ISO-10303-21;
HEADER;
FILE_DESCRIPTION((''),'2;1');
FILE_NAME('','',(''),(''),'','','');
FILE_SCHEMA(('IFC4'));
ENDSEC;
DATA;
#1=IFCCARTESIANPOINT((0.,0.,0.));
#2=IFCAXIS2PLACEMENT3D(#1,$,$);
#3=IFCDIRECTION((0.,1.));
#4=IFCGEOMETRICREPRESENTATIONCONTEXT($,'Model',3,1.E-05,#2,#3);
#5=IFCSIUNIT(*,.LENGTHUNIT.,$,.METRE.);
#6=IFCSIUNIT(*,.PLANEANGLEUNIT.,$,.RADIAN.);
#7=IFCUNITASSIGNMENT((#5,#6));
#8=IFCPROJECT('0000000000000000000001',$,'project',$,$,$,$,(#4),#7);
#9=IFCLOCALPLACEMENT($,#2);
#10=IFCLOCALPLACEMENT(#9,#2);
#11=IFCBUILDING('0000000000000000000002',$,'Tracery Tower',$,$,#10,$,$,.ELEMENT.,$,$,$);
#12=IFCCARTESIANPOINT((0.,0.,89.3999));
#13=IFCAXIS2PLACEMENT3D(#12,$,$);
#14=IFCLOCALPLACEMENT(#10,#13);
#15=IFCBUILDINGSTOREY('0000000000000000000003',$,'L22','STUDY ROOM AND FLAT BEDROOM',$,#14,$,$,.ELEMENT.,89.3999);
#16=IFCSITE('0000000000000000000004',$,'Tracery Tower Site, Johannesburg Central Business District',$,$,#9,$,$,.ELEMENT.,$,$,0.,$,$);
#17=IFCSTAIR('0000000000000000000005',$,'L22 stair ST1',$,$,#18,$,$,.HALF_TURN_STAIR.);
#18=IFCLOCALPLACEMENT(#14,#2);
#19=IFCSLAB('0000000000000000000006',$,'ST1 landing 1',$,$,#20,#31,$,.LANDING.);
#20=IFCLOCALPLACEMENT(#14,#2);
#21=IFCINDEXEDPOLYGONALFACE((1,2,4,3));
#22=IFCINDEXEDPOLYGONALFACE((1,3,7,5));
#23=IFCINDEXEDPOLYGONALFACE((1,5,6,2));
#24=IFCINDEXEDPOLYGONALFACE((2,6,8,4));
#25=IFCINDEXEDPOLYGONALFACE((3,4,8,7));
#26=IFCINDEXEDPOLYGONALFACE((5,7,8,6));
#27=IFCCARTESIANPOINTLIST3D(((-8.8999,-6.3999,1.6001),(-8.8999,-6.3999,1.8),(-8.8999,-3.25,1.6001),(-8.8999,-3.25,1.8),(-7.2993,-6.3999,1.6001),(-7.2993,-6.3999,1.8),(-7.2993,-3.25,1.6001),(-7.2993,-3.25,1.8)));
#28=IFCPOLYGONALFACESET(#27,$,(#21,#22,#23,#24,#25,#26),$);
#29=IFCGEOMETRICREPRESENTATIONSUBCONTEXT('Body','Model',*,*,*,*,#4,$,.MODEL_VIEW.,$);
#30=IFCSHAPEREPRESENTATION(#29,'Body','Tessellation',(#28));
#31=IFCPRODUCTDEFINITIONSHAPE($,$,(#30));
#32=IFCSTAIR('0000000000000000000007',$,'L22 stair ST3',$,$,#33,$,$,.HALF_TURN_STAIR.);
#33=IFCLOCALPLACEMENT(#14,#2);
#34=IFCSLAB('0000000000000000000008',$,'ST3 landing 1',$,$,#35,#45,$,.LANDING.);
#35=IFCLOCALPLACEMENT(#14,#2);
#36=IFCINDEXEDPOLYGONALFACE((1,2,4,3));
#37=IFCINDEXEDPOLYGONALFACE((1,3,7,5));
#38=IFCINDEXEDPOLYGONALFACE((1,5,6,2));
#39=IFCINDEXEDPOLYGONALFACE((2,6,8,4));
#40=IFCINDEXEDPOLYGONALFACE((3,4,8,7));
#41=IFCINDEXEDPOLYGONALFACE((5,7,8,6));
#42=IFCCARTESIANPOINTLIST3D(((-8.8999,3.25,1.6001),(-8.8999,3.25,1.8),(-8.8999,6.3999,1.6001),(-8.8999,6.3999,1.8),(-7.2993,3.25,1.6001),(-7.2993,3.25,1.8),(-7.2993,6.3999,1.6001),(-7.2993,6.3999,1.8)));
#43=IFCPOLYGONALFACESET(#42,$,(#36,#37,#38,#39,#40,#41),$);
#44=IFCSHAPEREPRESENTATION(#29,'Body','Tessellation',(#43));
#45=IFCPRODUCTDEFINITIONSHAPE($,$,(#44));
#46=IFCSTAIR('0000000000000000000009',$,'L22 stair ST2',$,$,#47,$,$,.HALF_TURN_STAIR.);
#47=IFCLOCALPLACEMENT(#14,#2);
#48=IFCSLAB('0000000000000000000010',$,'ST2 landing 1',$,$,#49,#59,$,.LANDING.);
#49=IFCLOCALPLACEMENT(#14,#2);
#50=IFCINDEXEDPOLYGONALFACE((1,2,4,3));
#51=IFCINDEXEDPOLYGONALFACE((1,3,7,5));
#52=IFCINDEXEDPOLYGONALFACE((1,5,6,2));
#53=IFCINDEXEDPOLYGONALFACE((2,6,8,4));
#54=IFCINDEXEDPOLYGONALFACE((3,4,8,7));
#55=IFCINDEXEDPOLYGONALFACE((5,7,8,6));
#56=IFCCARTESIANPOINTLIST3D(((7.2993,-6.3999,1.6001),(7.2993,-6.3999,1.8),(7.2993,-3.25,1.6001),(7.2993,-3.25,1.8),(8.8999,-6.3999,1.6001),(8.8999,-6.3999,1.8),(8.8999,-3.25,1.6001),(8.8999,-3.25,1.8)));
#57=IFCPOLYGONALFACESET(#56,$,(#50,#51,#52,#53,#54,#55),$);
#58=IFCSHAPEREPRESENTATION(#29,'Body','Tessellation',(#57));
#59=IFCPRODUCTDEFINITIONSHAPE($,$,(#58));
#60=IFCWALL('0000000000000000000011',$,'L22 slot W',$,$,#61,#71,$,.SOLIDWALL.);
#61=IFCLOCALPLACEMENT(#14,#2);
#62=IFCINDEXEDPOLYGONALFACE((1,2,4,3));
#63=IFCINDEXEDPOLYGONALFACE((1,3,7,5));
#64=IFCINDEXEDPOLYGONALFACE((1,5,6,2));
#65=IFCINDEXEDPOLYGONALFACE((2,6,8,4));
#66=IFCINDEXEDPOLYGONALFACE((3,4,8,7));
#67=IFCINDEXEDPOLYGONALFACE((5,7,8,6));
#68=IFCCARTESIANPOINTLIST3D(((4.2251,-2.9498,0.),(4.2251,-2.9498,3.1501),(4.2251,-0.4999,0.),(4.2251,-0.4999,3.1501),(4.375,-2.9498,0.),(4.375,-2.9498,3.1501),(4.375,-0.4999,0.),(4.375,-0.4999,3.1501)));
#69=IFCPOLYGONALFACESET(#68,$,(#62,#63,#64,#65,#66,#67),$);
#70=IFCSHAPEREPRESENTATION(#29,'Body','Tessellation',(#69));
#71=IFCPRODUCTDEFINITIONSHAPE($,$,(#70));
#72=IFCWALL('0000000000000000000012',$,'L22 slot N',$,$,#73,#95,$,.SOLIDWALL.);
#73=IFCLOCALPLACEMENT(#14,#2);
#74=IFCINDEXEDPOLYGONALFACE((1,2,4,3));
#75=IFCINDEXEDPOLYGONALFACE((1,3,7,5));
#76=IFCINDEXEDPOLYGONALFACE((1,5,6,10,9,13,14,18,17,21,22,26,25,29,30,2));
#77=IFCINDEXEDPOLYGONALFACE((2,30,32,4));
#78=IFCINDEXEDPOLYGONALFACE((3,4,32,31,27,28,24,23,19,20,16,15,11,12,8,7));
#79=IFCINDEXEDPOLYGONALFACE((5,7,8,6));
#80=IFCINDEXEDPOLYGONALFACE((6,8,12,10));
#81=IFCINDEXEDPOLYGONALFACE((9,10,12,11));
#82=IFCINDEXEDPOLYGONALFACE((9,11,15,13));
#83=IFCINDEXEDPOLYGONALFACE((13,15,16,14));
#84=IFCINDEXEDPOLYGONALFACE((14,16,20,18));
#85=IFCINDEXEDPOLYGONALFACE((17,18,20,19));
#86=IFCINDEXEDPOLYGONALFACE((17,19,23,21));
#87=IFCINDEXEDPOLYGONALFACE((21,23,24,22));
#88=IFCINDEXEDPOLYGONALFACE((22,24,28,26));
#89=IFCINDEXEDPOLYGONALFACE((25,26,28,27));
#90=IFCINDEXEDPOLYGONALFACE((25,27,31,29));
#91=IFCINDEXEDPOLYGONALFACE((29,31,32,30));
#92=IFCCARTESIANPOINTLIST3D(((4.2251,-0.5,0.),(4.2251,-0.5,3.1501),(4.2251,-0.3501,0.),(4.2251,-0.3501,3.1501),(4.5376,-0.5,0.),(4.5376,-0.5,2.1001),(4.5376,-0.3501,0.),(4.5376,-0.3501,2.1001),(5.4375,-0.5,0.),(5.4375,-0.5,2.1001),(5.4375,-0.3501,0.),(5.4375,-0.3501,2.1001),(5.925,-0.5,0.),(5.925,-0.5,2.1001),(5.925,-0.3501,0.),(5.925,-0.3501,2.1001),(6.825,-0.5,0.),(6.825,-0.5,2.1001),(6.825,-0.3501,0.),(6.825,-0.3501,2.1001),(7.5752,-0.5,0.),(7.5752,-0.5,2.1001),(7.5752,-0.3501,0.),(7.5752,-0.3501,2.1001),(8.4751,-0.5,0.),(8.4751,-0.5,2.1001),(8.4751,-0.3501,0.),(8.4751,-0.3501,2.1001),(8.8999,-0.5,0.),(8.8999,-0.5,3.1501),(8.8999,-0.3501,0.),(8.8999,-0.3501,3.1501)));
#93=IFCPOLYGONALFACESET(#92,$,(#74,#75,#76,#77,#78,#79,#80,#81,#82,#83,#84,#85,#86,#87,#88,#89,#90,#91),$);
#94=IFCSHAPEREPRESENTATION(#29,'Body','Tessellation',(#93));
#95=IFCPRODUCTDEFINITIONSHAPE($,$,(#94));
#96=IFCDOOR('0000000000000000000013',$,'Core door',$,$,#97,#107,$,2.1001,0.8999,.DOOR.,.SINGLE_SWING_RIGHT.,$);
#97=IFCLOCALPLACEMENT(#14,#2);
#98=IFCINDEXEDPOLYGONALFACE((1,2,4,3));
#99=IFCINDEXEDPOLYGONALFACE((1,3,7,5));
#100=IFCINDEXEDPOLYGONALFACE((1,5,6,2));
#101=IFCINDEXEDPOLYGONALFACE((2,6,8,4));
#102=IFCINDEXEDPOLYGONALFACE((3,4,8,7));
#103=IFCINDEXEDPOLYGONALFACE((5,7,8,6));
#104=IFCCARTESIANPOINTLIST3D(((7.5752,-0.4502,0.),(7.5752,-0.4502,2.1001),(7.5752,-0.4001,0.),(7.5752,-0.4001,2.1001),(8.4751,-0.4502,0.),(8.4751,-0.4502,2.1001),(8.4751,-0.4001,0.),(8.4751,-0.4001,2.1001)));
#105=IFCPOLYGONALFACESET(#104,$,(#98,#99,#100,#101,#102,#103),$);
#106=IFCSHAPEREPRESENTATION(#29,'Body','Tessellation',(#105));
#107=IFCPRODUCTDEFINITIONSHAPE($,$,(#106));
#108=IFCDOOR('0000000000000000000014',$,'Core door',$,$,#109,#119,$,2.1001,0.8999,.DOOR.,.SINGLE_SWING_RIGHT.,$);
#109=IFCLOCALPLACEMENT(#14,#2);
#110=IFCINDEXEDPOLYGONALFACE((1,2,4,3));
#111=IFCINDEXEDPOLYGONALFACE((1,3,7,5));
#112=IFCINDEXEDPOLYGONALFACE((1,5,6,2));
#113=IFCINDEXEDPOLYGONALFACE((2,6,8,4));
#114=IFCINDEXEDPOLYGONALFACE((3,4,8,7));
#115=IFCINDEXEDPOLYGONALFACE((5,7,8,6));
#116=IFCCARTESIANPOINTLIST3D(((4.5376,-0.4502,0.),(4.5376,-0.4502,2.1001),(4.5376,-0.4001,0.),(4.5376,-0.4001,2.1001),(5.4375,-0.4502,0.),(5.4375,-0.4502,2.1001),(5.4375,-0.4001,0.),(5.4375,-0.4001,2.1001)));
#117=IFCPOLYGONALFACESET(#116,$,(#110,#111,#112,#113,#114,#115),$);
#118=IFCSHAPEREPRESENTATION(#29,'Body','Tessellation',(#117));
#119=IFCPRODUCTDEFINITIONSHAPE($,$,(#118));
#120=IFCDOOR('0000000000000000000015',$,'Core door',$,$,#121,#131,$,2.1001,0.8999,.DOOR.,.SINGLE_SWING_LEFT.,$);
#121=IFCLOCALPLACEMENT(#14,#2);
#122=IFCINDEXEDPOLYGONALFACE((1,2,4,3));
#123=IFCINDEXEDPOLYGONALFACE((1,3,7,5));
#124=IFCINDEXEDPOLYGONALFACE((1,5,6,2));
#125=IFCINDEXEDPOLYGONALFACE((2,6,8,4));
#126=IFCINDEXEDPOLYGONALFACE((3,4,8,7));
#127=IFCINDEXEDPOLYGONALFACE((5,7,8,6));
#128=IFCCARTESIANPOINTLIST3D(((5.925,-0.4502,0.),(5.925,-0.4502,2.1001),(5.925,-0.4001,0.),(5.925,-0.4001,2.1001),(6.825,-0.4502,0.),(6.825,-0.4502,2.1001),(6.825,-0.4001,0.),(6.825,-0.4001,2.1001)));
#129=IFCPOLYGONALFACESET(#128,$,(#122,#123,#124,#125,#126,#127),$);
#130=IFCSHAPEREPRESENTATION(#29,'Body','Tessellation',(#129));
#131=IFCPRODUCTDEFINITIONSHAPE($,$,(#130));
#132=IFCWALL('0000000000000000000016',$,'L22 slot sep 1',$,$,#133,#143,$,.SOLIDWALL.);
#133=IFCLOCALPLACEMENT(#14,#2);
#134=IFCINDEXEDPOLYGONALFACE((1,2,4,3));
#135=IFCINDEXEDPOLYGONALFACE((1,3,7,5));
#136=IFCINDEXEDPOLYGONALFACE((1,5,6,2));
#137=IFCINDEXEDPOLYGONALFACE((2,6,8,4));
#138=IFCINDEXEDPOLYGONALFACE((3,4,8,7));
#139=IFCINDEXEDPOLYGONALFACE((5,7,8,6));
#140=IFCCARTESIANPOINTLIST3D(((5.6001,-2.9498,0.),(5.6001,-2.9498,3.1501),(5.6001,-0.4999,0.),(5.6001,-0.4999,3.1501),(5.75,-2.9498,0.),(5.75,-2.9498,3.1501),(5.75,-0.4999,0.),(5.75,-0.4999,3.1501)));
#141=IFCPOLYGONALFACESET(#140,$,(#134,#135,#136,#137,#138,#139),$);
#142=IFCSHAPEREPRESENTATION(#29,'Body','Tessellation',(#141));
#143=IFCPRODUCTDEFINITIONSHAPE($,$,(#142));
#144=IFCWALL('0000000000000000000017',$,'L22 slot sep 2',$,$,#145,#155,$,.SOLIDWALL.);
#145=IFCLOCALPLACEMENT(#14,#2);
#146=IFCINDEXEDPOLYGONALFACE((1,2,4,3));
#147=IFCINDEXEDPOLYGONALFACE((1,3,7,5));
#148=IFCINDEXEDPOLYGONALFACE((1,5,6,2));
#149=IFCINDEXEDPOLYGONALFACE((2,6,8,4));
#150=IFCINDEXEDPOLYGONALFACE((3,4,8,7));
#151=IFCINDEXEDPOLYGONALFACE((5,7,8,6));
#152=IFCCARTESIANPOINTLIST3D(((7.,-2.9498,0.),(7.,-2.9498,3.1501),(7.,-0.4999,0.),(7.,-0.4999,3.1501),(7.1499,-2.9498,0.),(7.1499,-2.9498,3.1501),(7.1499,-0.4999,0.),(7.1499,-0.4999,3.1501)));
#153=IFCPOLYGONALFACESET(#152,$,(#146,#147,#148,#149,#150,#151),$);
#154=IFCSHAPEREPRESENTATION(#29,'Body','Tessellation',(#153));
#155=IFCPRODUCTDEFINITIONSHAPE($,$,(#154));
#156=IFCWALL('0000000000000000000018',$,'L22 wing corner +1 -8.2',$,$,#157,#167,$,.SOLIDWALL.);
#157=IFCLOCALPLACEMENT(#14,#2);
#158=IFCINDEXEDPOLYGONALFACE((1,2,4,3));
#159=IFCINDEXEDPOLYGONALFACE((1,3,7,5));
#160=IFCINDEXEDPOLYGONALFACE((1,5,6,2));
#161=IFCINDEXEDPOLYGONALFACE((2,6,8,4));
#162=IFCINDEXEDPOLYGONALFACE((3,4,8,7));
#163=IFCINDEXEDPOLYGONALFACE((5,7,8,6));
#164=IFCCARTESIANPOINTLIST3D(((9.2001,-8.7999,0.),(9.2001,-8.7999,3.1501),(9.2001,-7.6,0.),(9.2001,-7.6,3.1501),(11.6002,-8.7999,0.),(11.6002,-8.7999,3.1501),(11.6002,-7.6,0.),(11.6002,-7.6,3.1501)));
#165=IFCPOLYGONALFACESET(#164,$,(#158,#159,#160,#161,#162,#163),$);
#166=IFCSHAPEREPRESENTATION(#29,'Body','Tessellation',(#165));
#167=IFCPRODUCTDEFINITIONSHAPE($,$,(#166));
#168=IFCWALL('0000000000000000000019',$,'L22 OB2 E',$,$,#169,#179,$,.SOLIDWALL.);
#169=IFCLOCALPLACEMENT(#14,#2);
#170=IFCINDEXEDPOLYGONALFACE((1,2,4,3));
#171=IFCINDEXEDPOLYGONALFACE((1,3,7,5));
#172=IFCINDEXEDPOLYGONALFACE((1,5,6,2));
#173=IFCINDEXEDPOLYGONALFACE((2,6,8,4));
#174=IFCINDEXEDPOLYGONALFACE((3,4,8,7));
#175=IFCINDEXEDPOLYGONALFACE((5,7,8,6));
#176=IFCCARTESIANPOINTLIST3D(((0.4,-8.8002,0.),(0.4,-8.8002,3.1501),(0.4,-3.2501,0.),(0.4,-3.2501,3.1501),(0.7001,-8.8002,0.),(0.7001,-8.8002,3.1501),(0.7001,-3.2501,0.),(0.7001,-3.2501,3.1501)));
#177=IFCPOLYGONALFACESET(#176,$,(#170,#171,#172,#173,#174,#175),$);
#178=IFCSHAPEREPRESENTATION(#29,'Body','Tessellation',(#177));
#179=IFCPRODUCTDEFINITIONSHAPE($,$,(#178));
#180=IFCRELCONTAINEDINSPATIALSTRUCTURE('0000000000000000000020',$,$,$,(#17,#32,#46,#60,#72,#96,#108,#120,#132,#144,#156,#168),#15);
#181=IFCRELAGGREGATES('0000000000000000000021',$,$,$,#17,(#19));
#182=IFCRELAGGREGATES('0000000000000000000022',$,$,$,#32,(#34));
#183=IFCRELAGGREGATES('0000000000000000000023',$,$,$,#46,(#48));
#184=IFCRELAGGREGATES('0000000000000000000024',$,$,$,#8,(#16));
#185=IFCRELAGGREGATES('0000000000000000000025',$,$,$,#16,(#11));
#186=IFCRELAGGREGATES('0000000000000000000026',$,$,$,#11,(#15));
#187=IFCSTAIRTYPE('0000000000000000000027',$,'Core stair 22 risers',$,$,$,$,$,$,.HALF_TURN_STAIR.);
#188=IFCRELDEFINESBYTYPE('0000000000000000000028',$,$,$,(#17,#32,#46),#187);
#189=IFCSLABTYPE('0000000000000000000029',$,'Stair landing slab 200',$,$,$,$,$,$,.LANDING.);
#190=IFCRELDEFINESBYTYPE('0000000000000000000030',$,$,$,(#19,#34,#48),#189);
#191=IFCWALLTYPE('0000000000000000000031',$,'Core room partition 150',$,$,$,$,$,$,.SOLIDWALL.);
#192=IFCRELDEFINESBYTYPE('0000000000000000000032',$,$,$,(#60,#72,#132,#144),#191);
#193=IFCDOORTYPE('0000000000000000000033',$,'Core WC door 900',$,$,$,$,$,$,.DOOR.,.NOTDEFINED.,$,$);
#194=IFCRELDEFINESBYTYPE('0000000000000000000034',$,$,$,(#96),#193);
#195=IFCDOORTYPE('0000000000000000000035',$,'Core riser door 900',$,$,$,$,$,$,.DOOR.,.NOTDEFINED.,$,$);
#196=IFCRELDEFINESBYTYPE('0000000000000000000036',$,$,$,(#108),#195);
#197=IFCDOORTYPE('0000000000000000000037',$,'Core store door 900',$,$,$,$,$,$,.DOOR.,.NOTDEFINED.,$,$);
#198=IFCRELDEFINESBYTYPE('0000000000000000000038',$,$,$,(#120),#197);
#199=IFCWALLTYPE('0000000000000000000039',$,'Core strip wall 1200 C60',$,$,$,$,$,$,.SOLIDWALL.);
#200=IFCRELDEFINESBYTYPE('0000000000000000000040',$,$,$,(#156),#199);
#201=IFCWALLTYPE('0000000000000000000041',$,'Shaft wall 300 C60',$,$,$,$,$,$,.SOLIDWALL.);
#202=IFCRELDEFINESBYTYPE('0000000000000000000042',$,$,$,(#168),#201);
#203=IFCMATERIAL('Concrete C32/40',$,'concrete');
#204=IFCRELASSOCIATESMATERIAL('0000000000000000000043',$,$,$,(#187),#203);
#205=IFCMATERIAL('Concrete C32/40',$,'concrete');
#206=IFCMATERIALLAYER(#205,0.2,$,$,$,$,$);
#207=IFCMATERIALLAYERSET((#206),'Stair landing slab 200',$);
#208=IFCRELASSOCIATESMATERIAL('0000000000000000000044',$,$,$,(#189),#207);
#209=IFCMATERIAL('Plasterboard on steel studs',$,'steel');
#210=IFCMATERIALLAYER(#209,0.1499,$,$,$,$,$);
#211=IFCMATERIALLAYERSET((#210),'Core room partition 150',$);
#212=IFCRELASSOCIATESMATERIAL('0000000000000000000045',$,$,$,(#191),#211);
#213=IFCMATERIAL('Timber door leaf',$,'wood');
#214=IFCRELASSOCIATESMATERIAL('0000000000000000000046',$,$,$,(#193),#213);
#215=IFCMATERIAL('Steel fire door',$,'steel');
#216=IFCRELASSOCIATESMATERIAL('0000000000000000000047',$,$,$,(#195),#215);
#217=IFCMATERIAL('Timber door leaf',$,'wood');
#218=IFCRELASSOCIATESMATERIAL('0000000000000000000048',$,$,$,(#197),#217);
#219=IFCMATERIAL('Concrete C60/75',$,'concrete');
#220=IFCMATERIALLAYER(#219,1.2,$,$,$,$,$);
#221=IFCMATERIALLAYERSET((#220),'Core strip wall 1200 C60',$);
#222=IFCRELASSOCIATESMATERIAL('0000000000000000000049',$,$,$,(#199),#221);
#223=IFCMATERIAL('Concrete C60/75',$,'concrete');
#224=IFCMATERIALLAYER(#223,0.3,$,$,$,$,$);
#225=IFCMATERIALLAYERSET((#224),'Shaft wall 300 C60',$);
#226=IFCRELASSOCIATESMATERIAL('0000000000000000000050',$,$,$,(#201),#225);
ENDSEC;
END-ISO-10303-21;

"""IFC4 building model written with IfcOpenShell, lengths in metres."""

from ifc_helpers import new_model, si_unit, direction, frame, frame_2d, origin, place, context, subcontext, project, spatial, polyline, rectangle, outline, extrude, material, layer, layer_set, type_object, element, fill, aggregate, save


model = new_model("IFC4")

# Units and contexts
model_context = context("Model", 3, precision=1e-05, world=origin(), true_north=direction((0.0, 1.0)))
body_context = subcontext(model_context, "Body", "Model", "MODEL_VIEW")
ifc_project = project(units=[si_unit("LENGTHUNIT", "METRE"), si_unit("PLANEANGLEUNIT", "RADIAN")], contexts=[model_context])

# Site, building, storey
site_placement = place(None, origin())
site = spatial("IfcSite", under=ifc_project, at=site_placement, Name="Tracery Tower Site, Johannesburg Central Business District", CompositionType="ELEMENT", RefElevation=0.0)
building_placement = place(site_placement, origin())
building = spatial("IfcBuilding", under=site, at=building_placement, Name="Tracery Tower", CompositionType="ELEMENT")
storey_placement = place(building_placement, frame((0.0, 0.0, 89.3999)))
storey = spatial("IfcBuildingStorey", under=building, at=storey_placement, Name="L22", Description="STUDY ROOM AND FLAT BEDROOM", CompositionType="ELEMENT", Elevation=89.3999)

# Stairs, slabs
ifc_material_1 = material(Name="Concrete C32/40", Category="concrete")
stair_type = type_object("IfcStairType", Name="Core stair 22 risers", PredefinedType="HALF_TURN_STAIR", material=ifc_material_1)
stair_1_placement = place(storey_placement, origin())
stair_1 = element("IfcStair", 1, at=stair_1_placement, inside=storey, type_object=stair_type, Name="L22 stair ST1", PredefinedType="HALF_TURN_STAIR")
ifc_material_2 = material(Name="Concrete C32/40", Category="concrete")
ifc_layer_1 = layer(ifc_material_2, 0.2)
ifc_layer_set_1 = layer_set([ifc_layer_1], Name="Stair landing slab 200")
slab_type_1 = type_object("IfcSlabType", Name="Stair landing slab 200", PredefinedType="LANDING", material=ifc_layer_set_1)
slab_1_placement = place(storey_placement, frame((0.0, 0.0, 1.6001)))
slab_1 = element("IfcSlab", 2, at=slab_1_placement, type_object=slab_type_1, Name="ST1 landing 1", PredefinedType="LANDING", context=body_context, shape_type="SweptSolid", body=[
    extrude(outline(polyline([(-7.2993, -3.25), (-8.8999, -3.25), (-8.8999, -6.3999), (-7.2993, -6.3999), (-7.2993, -3.25)])), origin(), (0.0, 0.0, 1.0), 0.2),
])
aggregate(stair_1, [slab_1])
stair_2_placement = place(storey_placement, origin())
stair_2 = element("IfcStair", 3, at=stair_2_placement, inside=storey, type_object=stair_type, Name="L22 stair ST3", PredefinedType="HALF_TURN_STAIR")
slab_2_placement = place(storey_placement, frame((0.0, 0.0, 1.6001)))
slab_2 = element("IfcSlab", 4, at=slab_2_placement, type_object=slab_type_1, Name="ST3 landing 1", PredefinedType="LANDING", context=body_context, shape_type="SweptSolid", body=[
    extrude(outline(polyline([(-7.2993, 6.3999), (-8.8999, 6.3999), (-8.8999, 3.25), (-7.2993, 3.25), (-7.2993, 6.3999)])), origin(), (0.0, 0.0, 1.0), 0.2),
])
aggregate(stair_2, [slab_2])
stair_3_placement = place(storey_placement, origin())
stair_3 = element("IfcStair", 5, at=stair_3_placement, inside=storey, type_object=stair_type, Name="L22 stair ST2", PredefinedType="HALF_TURN_STAIR")
slab_3_placement = place(storey_placement, frame((0.0, 0.0, 1.6001)))
slab_3 = element("IfcSlab", 6, at=slab_3_placement, type_object=slab_type_1, Name="ST2 landing 1", PredefinedType="LANDING", context=body_context, shape_type="SweptSolid", body=[
    extrude(outline(polyline([(7.2993, -6.3999), (8.8999, -6.3999), (8.8999, -3.25), (7.2993, -3.25), (7.2993, -6.3999)])), origin(), (0.0, 0.0, 1.0), 0.2),
])

# Wall
ifc_material_3 = material(Name="Plasterboard on steel studs", Category="steel")
ifc_layer_2 = layer(ifc_material_3, 0.1499)
ifc_layer_set_2 = layer_set([ifc_layer_2], Name="Core room partition 150")
wall_type_1 = type_object("IfcWallType", Name="Core room partition 150", PredefinedType="SOLIDWALL", material=ifc_layer_set_2)
wall_1_placement = place(storey_placement, frame((4.3, -2.95, 0.0), z_axis=(0.0, 0.0, 1.0), x_axis=(0.0, 1.0, 0.0)))
element("IfcWall", 7, at=wall_1_placement, inside=storey, type_object=wall_type_1, Name="L22 slot W", PredefinedType="SOLIDWALL", context=body_context, shape_type="SweptSolid", body=[
    extrude(rectangle(XDim=2.45, YDim=0.1499, at=frame_2d((1.2251, 0.0))), origin(), (0.0, 0.0, 1.0), 3.1501),
])

# Wall, openings, doors
wall_2_placement = place(storey_placement, frame((4.2251, -0.425, 0.0), z_axis=(0.0, 0.0, 1.0), x_axis=(1.0, 0.0, 0.0)))
wall_2 = element("IfcWall", 8, at=wall_2_placement, inside=storey, type_object=wall_type_1, Name="L22 slot N", PredefinedType="SOLIDWALL", context=body_context, shape_type="SweptSolid", body=[
    extrude(rectangle(XDim=4.6748, YDim=0.1499, at=frame_2d((2.3374, 0.0))), origin(), (0.0, 0.0, 1.0), 3.1501),
])
opening_1_placement = place(wall_2_placement, frame((0.3125, 0.0, 0.0)))
opening_1 = element("IfcOpeningElement", 9, at=opening_1_placement, cuts=wall_2, PredefinedType="OPENING", context=body_context, shape_type="SweptSolid", body=[
    extrude(rectangle(XDim=0.8999, YDim=2.1001, at=frame_2d((0.45, 1.05))), frame((0.0, 0.075, 0.0), z_axis=(0.0, -1.0, 0.0), x_axis=(1.0, 0.0, 0.0)), (0.0, 0.0, 1.0), 0.1499),
])
opening_2_placement = place(wall_2_placement, frame((1.7, 0.0, 0.0)))
opening_2 = element("IfcOpeningElement", 10, at=opening_2_placement, cuts=wall_2, PredefinedType="OPENING", context=body_context, shape_type="SweptSolid", body=[
    extrude(rectangle(XDim=0.8999, YDim=2.1001, at=frame_2d((0.45, 1.05))), frame((0.0, 0.075, 0.0), z_axis=(0.0, -1.0, 0.0), x_axis=(1.0, 0.0, 0.0)), (0.0, 0.0, 1.0), 0.1499),
])
opening_3_placement = place(wall_2_placement, frame((3.3501, 0.0, 0.0)))
opening_3 = element("IfcOpeningElement", 11, at=opening_3_placement, cuts=wall_2, PredefinedType="OPENING", context=body_context, shape_type="SweptSolid", body=[
    extrude(rectangle(XDim=0.8999, YDim=2.1001, at=frame_2d((0.45, 1.05))), frame((0.0, 0.075, 0.0), z_axis=(0.0, -1.0, 0.0), x_axis=(1.0, 0.0, 0.0)), (0.0, 0.0, 1.0), 0.1499),
])
ifc_material_4 = material(Name="Timber door leaf", Category="wood")
door_type_1 = type_object("IfcDoorType", Name="Core WC door 900", OperationType="NOTDEFINED", PredefinedType="DOOR", material=ifc_material_4)
door_1_placement = place(opening_3_placement, origin())
door_1 = element("IfcDoor", 12, at=door_1_placement, inside=storey, type_object=door_type_1, Name="Core door", OperationType="SINGLE_SWING_RIGHT", OverallHeight=2.1001, OverallWidth=0.8999, PredefinedType="DOOR", context=body_context, shape_type="SweptSolid", body=[
    extrude(rectangle(XDim=0.8999, YDim=2.1001, at=frame_2d((0.45, 1.05))), frame((0.0, 0.0249, 0.0), z_axis=(0.0, -1.0, 0.0), x_axis=(1.0, 0.0, 0.0)), (0.0, 0.0, 1.0), 0.05),
])
fill(opening_3, door_1)
ifc_material_5 = material(Name="Steel fire door", Category="steel")
door_type_2 = type_object("IfcDoorType", Name="Core riser door 900", OperationType="NOTDEFINED", PredefinedType="DOOR", material=ifc_material_5)
door_2_placement = place(opening_1_placement, origin())
door_2 = element("IfcDoor", 13, at=door_2_placement, inside=storey, type_object=door_type_2, Name="Core door", OperationType="SINGLE_SWING_RIGHT", OverallHeight=2.1001, OverallWidth=0.8999, PredefinedType="DOOR", context=body_context, shape_type="SweptSolid", body=[
    extrude(rectangle(XDim=0.8999, YDim=2.1001, at=frame_2d((0.45, 1.05))), frame((0.0, 0.0249, 0.0), z_axis=(0.0, -1.0, 0.0), x_axis=(1.0, 0.0, 0.0)), (0.0, 0.0, 1.0), 0.05),
])
fill(opening_1, door_2)
ifc_material_6 = material(Name="Timber door leaf", Category="wood")
door_type_3 = type_object("IfcDoorType", Name="Core store door 900", OperationType="NOTDEFINED", PredefinedType="DOOR", material=ifc_material_6)
door_3_placement = place(opening_2_placement, origin())
door_3 = element("IfcDoor", 14, at=door_3_placement, inside=storey, type_object=door_type_3, Name="Core door", OperationType="SINGLE_SWING_LEFT", OverallHeight=2.1001, OverallWidth=0.8999, PredefinedType="DOOR", context=body_context, shape_type="SweptSolid", body=[
    extrude(rectangle(XDim=0.8999, YDim=2.1001, at=frame_2d((0.45, 1.05))), frame((0.0, 0.0249, 0.0), z_axis=(0.0, -1.0, 0.0), x_axis=(1.0, 0.0, 0.0)), (0.0, 0.0, 1.0), 0.05),
])
fill(opening_2, door_3)

# Walls
for number, where, z_axis, x_axis, name in (
    (15, (5.675, -2.95, 0.0), (0.0, 0.0, 1.0), (0.0, 1.0, 0.0), "L22 slot sep 1"),
    (16, (7.075, -2.95, 0.0), (0.0, 0.0, 1.0), (0.0, 1.0, 0.0), "L22 slot sep 2"),
):
    element("IfcWall", number, at=place(storey_placement, frame(where, z_axis=z_axis, x_axis=x_axis)), inside=storey, type_object=wall_type_1, Name=name, PredefinedType="SOLIDWALL", context=body_context, shape_type="SweptSolid", body=[
        extrude(rectangle(XDim=2.45, YDim=0.1499, at=frame_2d((1.2251, 0.0))), origin(), (0.0, 0.0, 1.0), 3.1501),
    ])
ifc_material_7 = material(Name="Concrete C60/75", Category="concrete")
ifc_layer_3 = layer(ifc_material_7, 1.2)
ifc_layer_set_3 = layer_set([ifc_layer_3], Name="Core strip wall 1200 C60")
wall_type_2 = type_object("IfcWallType", Name="Core strip wall 1200 C60", PredefinedType="SOLIDWALL", material=ifc_layer_set_3)
wall_3_placement = place(storey_placement, frame((9.2, -8.2, 0.0), z_axis=(0.0, 0.0, 1.0), x_axis=(1.0, 0.0, 0.0)))
element("IfcWall", 17, at=wall_3_placement, inside=storey, type_object=wall_type_2, Name="L22 wing corner +1 -8.2", PredefinedType="SOLIDWALL", context=body_context, shape_type="SweptSolid", body=[
    extrude(rectangle(XDim=2.4001, YDim=1.2, at=frame_2d((1.2002, 0.0))), origin(), (0.0, 0.0, 1.0), 3.1501),
])
ifc_material_8 = material(Name="Concrete C60/75", Category="concrete")
ifc_layer_4 = layer(ifc_material_8, 0.3)
ifc_layer_set_4 = layer_set([ifc_layer_4], Name="Shaft wall 300 C60")
wall_type_3 = type_object("IfcWallType", Name="Shaft wall 300 C60", PredefinedType="SOLIDWALL", material=ifc_layer_set_4)
wall_4_placement = place(storey_placement, frame((0.55, -8.8, 0.0), z_axis=(0.0, 0.0, 1.0), x_axis=(0.0, 1.0, 0.0)))
element("IfcWall", 18, at=wall_4_placement, inside=storey, type_object=wall_type_3, Name="L22 OB2 E", PredefinedType="SOLIDWALL", context=body_context, shape_type="SweptSolid", body=[
    extrude(rectangle(XDim=5.55, YDim=0.3, at=frame_2d((2.7749, 0.0))), origin(), (0.0, 0.0, 1.0), 3.1501),
])

aggregate(stair_3, [slab_3])

save(model, "model.ifc")
